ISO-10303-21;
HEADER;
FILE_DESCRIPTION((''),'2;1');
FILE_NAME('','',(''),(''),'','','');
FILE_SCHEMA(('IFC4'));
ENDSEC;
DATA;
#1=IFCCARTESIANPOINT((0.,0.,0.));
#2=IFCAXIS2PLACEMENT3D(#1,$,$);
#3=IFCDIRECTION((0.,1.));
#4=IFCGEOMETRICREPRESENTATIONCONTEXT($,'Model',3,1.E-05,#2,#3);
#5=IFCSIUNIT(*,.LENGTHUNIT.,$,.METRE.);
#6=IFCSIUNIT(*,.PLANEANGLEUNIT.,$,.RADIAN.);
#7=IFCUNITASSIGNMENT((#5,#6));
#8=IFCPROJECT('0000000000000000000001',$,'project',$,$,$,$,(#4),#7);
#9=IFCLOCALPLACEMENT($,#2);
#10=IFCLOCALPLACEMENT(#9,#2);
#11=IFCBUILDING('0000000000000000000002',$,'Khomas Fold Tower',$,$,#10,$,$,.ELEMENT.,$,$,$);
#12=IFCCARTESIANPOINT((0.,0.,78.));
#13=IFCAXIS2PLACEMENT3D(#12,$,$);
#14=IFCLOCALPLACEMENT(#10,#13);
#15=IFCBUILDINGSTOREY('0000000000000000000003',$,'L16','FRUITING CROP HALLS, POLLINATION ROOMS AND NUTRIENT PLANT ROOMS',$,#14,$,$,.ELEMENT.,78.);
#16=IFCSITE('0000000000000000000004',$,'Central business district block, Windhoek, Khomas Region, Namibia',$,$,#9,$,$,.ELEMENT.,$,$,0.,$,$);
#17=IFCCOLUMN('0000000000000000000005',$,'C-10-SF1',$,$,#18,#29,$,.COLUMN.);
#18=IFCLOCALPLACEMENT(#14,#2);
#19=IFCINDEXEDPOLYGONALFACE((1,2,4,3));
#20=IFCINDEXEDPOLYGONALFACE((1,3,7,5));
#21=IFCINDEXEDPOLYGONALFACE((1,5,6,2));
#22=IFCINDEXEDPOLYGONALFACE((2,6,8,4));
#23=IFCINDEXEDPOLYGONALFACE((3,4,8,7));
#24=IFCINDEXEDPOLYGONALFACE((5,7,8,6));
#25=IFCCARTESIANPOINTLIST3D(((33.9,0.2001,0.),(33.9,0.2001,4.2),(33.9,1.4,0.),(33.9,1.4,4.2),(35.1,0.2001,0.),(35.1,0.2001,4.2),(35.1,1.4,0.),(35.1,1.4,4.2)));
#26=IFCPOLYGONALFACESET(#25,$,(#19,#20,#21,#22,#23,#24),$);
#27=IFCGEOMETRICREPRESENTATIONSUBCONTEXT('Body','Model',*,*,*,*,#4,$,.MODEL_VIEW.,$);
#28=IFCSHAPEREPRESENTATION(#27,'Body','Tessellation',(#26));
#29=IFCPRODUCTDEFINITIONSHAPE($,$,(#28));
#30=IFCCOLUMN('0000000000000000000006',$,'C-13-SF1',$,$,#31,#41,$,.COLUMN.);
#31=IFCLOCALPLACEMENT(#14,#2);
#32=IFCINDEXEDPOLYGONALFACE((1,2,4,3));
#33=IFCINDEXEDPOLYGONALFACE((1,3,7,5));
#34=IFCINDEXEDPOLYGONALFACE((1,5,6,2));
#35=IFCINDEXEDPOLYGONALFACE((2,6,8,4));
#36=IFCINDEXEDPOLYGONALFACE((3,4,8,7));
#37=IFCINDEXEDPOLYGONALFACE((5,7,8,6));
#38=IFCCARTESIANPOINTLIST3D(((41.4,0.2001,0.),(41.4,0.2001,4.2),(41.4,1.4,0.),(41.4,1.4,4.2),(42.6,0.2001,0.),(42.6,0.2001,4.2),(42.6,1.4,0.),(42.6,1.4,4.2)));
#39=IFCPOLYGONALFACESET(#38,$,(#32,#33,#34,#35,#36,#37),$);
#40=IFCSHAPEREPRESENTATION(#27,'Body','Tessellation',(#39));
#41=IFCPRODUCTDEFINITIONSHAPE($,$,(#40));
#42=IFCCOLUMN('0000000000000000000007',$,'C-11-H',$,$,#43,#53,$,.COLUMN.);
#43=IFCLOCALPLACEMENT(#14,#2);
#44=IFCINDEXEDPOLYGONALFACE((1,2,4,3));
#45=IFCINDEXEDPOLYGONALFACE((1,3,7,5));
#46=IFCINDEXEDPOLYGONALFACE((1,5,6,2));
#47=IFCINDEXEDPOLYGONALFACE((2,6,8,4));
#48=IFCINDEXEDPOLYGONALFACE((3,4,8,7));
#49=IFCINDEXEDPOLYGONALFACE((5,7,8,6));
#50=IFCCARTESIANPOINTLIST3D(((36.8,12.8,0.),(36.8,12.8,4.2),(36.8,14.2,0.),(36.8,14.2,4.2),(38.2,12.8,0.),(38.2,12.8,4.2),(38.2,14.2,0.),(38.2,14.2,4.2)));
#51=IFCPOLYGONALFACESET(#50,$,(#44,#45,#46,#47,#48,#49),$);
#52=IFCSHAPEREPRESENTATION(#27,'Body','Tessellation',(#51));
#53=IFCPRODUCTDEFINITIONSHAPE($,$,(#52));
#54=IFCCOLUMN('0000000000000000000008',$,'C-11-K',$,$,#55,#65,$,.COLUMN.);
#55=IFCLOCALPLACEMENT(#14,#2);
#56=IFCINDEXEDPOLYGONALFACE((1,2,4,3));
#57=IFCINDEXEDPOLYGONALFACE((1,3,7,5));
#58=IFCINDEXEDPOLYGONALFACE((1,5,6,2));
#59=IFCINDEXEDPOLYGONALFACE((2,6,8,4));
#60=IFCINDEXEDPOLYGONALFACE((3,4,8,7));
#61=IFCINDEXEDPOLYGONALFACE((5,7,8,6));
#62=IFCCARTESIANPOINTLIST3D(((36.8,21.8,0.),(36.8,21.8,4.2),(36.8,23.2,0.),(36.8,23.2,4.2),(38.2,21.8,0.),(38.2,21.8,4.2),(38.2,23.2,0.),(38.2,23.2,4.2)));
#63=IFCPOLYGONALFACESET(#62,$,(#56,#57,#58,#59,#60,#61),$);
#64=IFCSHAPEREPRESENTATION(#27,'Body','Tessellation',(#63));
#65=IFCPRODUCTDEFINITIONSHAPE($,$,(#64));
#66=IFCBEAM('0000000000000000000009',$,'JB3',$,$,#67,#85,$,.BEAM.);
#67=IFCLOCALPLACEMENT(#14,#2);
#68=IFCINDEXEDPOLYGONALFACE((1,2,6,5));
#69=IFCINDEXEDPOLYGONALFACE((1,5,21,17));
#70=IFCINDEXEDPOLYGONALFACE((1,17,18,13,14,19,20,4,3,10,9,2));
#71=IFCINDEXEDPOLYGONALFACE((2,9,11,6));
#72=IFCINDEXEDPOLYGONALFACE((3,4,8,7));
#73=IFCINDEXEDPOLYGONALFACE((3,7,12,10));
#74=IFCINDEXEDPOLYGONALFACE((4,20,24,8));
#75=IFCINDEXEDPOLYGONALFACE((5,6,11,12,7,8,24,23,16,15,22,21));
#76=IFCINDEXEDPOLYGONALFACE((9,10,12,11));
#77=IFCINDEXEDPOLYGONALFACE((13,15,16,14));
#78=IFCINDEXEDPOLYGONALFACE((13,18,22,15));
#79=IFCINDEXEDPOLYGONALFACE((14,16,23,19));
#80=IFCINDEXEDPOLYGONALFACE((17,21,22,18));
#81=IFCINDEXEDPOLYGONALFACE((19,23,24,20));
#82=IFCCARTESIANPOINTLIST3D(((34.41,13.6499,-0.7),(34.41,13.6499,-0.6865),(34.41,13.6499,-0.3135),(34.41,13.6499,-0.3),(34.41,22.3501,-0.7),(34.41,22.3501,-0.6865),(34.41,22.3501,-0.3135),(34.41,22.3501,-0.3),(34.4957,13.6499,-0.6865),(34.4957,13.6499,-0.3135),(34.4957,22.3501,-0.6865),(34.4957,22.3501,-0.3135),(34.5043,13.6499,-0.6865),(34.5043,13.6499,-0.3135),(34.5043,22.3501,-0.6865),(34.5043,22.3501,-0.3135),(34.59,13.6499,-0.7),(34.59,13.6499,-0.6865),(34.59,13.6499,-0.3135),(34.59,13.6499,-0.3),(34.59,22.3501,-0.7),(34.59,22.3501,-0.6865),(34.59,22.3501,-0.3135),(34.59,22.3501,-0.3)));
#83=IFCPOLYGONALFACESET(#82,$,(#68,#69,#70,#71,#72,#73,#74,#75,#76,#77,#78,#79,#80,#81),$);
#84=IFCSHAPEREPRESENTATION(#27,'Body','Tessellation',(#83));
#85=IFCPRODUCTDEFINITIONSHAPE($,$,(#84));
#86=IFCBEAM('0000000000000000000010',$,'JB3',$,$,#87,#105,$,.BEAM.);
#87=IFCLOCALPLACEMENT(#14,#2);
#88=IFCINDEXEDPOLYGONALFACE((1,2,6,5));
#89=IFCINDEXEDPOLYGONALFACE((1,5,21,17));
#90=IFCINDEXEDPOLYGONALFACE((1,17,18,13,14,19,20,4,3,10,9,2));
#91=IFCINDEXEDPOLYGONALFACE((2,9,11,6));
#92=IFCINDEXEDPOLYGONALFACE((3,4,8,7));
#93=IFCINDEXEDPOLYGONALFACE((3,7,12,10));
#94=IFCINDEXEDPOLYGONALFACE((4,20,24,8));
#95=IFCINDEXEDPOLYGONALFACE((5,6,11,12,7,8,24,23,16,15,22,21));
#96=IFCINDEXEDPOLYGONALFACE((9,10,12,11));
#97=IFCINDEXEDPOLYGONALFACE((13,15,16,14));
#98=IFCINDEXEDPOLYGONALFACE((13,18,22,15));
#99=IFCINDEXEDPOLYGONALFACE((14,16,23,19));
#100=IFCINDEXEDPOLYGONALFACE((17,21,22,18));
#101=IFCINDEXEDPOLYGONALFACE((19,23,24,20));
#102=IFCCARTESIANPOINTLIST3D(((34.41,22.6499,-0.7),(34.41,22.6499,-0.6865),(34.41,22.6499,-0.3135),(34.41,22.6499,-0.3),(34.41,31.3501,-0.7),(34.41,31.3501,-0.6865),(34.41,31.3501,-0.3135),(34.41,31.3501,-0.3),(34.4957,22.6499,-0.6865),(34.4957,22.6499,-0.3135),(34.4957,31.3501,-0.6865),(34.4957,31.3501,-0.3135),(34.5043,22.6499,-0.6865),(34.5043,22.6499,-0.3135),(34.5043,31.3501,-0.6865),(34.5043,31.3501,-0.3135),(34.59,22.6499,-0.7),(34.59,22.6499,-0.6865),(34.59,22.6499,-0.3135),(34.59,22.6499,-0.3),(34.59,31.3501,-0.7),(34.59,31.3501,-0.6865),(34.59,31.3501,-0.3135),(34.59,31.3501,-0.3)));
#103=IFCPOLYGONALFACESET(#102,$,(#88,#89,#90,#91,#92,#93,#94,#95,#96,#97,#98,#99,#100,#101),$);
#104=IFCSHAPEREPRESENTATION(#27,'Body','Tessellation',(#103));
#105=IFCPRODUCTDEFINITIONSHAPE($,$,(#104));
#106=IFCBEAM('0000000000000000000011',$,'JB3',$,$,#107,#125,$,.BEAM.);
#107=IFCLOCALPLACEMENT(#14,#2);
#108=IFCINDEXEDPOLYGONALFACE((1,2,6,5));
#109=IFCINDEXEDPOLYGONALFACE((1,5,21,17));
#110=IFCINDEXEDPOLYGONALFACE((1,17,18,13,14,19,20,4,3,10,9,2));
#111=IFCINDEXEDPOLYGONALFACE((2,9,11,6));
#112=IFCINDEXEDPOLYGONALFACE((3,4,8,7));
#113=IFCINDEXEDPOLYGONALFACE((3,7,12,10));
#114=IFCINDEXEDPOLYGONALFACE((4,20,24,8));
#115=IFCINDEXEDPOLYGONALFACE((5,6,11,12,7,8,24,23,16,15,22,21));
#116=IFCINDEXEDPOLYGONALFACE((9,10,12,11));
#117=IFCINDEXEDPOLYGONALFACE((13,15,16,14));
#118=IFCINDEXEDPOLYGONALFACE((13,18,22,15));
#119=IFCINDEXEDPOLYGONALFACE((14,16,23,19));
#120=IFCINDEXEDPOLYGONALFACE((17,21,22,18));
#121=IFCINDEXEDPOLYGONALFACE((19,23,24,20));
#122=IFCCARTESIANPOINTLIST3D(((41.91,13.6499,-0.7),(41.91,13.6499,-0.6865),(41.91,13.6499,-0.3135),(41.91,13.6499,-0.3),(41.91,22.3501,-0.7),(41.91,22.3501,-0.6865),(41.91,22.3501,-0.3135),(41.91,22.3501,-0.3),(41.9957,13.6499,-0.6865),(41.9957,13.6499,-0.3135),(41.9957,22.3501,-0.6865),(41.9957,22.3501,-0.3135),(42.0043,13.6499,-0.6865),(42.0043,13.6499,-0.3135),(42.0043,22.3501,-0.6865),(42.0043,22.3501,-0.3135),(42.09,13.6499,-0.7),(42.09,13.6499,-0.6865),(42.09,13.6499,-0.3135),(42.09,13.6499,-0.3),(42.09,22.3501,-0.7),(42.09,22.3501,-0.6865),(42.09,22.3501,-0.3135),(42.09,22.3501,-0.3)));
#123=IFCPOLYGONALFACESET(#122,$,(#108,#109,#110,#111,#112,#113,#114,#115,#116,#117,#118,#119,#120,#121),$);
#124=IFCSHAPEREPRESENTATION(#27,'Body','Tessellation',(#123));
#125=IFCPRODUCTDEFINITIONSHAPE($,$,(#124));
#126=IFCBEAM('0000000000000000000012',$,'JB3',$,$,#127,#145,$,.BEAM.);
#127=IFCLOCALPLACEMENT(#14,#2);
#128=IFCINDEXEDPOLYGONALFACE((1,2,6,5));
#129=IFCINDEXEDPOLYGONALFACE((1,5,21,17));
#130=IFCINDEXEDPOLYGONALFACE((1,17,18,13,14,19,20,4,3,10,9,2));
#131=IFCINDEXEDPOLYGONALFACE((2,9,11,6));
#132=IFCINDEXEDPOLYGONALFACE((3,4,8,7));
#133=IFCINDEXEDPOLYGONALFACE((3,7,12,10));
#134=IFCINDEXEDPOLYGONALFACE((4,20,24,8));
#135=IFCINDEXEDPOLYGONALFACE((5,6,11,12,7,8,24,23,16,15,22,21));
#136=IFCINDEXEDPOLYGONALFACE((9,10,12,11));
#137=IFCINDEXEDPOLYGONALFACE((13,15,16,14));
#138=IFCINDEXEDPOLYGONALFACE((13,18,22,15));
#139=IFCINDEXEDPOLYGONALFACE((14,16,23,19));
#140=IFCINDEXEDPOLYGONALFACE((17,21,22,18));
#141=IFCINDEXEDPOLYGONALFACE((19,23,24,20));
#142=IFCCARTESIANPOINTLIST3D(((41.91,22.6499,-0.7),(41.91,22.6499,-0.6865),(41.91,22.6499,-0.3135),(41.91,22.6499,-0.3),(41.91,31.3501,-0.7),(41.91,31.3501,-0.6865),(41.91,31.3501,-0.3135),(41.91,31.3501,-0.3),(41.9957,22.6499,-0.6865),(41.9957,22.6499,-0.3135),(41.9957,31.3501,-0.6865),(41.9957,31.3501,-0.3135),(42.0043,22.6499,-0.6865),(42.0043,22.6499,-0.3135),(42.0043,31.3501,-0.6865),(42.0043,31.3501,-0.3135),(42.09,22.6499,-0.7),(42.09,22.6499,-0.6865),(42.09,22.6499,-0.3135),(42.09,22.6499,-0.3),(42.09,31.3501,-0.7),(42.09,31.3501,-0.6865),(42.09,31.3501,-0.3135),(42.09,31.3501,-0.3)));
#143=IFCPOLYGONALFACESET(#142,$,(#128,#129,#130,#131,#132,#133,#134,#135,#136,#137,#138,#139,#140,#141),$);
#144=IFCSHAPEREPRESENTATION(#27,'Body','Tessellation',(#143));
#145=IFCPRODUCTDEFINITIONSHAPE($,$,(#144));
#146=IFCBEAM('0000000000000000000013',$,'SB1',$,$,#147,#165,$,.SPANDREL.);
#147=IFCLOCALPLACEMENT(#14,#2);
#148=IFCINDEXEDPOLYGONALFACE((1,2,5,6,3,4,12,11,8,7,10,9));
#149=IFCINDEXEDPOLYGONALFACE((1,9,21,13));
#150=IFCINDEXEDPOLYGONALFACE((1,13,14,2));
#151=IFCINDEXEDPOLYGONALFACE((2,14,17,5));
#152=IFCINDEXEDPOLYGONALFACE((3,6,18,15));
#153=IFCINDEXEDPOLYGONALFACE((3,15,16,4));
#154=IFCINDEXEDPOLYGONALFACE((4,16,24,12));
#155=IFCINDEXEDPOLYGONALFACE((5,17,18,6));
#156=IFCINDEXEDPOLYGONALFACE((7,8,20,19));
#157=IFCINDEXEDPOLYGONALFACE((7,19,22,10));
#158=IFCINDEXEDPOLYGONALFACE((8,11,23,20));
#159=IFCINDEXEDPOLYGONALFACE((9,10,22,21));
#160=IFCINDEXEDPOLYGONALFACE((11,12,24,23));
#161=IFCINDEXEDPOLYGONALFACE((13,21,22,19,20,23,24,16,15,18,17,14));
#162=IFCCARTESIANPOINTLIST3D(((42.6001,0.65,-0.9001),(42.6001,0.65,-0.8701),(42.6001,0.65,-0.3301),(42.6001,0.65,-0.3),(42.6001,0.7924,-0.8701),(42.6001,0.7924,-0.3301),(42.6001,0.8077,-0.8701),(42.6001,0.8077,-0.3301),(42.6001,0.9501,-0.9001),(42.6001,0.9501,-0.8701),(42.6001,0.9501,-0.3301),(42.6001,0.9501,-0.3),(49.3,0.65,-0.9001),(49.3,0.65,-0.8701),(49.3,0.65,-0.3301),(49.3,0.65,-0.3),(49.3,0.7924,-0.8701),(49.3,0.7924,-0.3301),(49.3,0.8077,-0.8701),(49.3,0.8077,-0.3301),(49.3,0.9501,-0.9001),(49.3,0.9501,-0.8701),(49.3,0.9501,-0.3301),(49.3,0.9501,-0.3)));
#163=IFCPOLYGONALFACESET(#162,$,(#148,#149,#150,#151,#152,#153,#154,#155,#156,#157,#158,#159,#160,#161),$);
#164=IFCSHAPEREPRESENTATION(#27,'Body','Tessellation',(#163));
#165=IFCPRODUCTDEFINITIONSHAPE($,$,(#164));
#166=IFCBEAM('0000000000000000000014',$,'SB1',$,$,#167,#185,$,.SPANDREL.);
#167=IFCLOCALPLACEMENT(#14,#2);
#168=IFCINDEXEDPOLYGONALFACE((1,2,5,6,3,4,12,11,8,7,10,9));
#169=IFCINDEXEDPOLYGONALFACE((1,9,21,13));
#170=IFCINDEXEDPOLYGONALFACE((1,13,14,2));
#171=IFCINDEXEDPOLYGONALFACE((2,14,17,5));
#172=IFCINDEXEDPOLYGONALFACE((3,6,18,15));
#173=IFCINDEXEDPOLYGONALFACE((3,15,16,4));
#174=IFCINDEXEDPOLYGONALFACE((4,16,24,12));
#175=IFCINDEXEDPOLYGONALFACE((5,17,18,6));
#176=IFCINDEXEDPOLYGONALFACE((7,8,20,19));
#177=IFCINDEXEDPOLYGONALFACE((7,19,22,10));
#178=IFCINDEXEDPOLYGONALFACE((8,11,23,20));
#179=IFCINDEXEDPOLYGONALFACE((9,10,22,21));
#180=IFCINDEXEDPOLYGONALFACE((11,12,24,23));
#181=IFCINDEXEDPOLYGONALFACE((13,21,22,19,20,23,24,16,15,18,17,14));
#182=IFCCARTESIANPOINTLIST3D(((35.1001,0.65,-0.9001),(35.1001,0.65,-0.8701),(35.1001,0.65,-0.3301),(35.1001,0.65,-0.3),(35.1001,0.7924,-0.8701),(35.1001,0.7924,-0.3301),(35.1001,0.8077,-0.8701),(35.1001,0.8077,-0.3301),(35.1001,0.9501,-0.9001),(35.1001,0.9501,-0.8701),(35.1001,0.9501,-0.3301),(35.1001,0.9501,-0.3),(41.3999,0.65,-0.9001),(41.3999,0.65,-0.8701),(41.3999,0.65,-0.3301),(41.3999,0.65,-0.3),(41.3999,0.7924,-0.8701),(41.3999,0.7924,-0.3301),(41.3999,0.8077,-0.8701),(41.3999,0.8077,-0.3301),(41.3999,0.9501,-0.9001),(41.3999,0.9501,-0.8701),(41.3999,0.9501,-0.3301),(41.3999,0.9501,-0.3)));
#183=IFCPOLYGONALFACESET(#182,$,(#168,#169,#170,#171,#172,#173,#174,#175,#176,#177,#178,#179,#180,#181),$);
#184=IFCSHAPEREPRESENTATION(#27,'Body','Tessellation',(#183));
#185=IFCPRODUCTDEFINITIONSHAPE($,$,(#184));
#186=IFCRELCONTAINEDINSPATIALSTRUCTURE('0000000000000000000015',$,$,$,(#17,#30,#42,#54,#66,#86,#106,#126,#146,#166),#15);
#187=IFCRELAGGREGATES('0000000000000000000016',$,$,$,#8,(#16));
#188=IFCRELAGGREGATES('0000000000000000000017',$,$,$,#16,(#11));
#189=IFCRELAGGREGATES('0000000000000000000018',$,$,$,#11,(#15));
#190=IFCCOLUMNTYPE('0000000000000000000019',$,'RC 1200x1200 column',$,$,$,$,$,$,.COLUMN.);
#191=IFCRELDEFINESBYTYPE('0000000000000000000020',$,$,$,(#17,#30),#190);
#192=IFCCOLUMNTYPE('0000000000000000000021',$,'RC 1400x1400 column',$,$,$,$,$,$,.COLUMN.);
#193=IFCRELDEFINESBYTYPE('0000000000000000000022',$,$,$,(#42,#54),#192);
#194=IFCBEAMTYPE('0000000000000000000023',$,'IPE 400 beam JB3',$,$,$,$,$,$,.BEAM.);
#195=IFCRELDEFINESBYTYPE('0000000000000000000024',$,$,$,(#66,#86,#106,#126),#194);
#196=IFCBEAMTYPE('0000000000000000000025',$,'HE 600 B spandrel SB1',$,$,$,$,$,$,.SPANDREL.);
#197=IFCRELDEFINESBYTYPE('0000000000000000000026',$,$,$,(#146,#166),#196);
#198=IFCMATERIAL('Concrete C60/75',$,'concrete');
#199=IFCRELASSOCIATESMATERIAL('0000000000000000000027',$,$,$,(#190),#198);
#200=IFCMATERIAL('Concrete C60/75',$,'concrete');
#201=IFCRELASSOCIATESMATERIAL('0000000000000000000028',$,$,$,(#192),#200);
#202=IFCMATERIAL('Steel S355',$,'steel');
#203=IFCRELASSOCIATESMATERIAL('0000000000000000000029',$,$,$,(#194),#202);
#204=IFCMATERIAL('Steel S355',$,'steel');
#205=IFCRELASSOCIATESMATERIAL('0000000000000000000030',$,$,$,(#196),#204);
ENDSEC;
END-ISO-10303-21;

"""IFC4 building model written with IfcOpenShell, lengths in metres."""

from ifc_helpers import new_model, si_unit, direction, frame, origin, origin_2d, place, context, subcontext, project, spatial, rectangle, i_section, extrude, source, transform, mapped, material, material_profile, profile_set, type_object, element, save


model = new_model("IFC4")

# Units and contexts
model_context = context("Model", 3, precision=1e-05, world=origin(), true_north=direction((0.0, 1.0)))
body_context = subcontext(model_context, "Body", "Model", "MODEL_VIEW")
ifc_project = project(units=[si_unit("LENGTHUNIT", "METRE"), si_unit("PLANEANGLEUNIT", "RADIAN")], contexts=[model_context])

# Site, building, storey
site_placement = place(None, origin())
site = spatial("IfcSite", under=ifc_project, at=site_placement, Name="Central business district block, Windhoek, Khomas Region, Namibia", CompositionType="ELEMENT", RefElevation=0.0)
building_placement = place(site_placement, origin())
building = spatial("IfcBuilding", under=site, at=building_placement, Name="Khomas Fold Tower", CompositionType="ELEMENT")
storey_placement = place(building_placement, frame((0.0, 0.0, 78.0)))
storey = spatial("IfcBuildingStorey", under=building, at=storey_placement, Name="L16", Description="FRUITING CROP HALLS, POLLINATION ROOMS AND NUTRIENT PLANT ROOMS", CompositionType="ELEMENT", Elevation=78.0)

# Columns
ifc_material_1 = material(Name="Concrete C60/75", Category="concrete")
ifc_material_profile_1 = material_profile(ifc_material_1, rectangle(XDim=1.2, YDim=1.2, at=origin_2d()), Name="RC 1200x1200")
ifc_profile_set_1 = profile_set([ifc_material_profile_1], Name="Concrete C60/75")
column_type_1 = type_object("IfcColumnType", Name="RC 1200x1200 column", PredefinedType="COLUMN", material=ifc_profile_set_1)
shared_shape_1 = source(origin(), body_context, "Body", "SweptSolid", [
    extrude(rectangle(XDim=1.2, YDim=1.2, at=origin_2d()), origin(), (0.0, 0.0, 1.0), 4.2),
])
for number, where, z_axis, x_axis, name in (
    (1, (34.5, 0.8, 0.0), (0.0, 0.0, 1.0), (1.0, 0.0, 0.0), "C-10-SF1"),
    (2, (42.0, 0.8, 0.0), (0.0, 0.0, 1.0), (1.0, 0.0, 0.0), "C-13-SF1"),
):
    element("IfcColumn", number, at=place(storey_placement, frame(where, z_axis=z_axis, x_axis=x_axis)), inside=storey, type_object=column_type_1, Name=name, PredefinedType="COLUMN", context=body_context, shape_type="MappedRepresentation", body=[
        mapped(shared_shape_1, transform((0.0, 0.0, 0.0))),
    ])
ifc_material_2 = material(Name="Concrete C60/75", Category="concrete")
ifc_material_profile_2 = material_profile(ifc_material_2, rectangle(XDim=1.3999, YDim=1.3999, at=origin_2d()), Name="RC 1400x1400")
ifc_profile_set_2 = profile_set([ifc_material_profile_2], Name="Concrete C60/75")
column_type_2 = type_object("IfcColumnType", Name="RC 1400x1400 column", PredefinedType="COLUMN", material=ifc_profile_set_2)
shared_shape_2 = source(origin(), body_context, "Body", "SweptSolid", [
    extrude(rectangle(XDim=1.3999, YDim=1.3999, at=origin_2d()), origin(), (0.0, 0.0, 1.0), 4.2),
])
for number, where, z_axis, x_axis, name in (
    (3, (37.5, 13.5, 0.0), (0.0, 0.0, 1.0), (1.0, 0.0, 0.0), "C-11-H"),
    (4, (37.5, 22.5, 0.0), (0.0, 0.0, 1.0), (1.0, 0.0, 0.0), "C-11-K"),
):
    element("IfcColumn", number, at=place(storey_placement, frame(where, z_axis=z_axis, x_axis=x_axis)), inside=storey, type_object=column_type_2, Name=name, PredefinedType="COLUMN", context=body_context, shape_type="MappedRepresentation", body=[
        mapped(shared_shape_2, transform((0.0, 0.0, 0.0))),
    ])

# Beams
ifc_material_3 = material(Name="Steel S355", Category="steel")
ifc_material_profile_3 = material_profile(ifc_material_3, i_section(OverallWidth=0.1799, OverallDepth=0.3999, WebThickness=0.0085, FlangeThickness=0.0134, at=origin_2d()), Name="IPE 400")
ifc_profile_set_3 = profile_set([ifc_material_profile_3], Name="Steel S355")
beam_type_1 = type_object("IfcBeamType", Name="IPE 400 beam JB3", PredefinedType="BEAM", material=ifc_profile_set_3)
shared_shape_3 = source(origin(), body_context, "Body", "SweptSolid", [
    extrude(i_section(OverallWidth=0.1799, OverallDepth=0.3999, WebThickness=0.0085, FlangeThickness=0.0134, at=origin_2d()), origin(), (0.0, 0.0, 1.0), 8.7002),
])
for number, where, z_axis, x_axis, name in (
    (5, (34.5, 13.6499, -0.5), (0.0, 1.0, 0.0), (-1.0, 0.0, 0.0), "JB3"),
    (6, (34.5, 22.6499, -0.5), (0.0, 1.0, 0.0), (-1.0, 0.0, 0.0), "JB3"),
    (7, (42.0, 13.6499, -0.5), (0.0, 1.0, 0.0), (-1.0, 0.0, 0.0), "JB3"),
    (8, (42.0, 22.6499, -0.5), (0.0, 1.0, 0.0), (-1.0, 0.0, 0.0), "JB3"),
):
    element("IfcBeam", number, at=place(storey_placement, frame(where, z_axis=z_axis, x_axis=x_axis)), inside=storey, type_object=beam_type_1, Name=name, PredefinedType="BEAM", context=body_context, shape_type="MappedRepresentation", body=[
        mapped(shared_shape_3, transform((0.0, 0.0, 0.0))),
    ])
ifc_material_4 = material(Name="Steel S355", Category="steel")
ifc_material_profile_4 = material_profile(ifc_material_4, i_section(OverallWidth=0.3, OverallDepth=0.6001, WebThickness=0.0154, FlangeThickness=0.03, at=origin_2d()), Name="HE 600 B")
ifc_profile_set_4 = profile_set([ifc_material_profile_4], Name="Steel S355")
beam_type_2 = type_object("IfcBeamType", Name="HE 600 B spandrel SB1", PredefinedType="SPANDREL", material=ifc_profile_set_4)
shared_shape_4 = source(origin(), body_context, "Body", "SweptSolid", [
    extrude(i_section(OverallWidth=0.3, OverallDepth=0.6001, WebThickness=0.0154, FlangeThickness=0.03, at=origin_2d()), origin(), (0.0, 0.0, 1.0), 6.7),
])
beam_1_placement = place(storey_placement, frame((42.6001, 0.8, -0.6001), z_axis=(1.0, 0.0, 0.0), x_axis=(0.0, 1.0, 0.0)))
element("IfcBeam", 9, at=beam_1_placement, inside=storey, type_object=beam_type_2, Name="SB1", PredefinedType="SPANDREL", context=body_context, shape_type="MappedRepresentation", body=[
    mapped(shared_shape_4, transform((0.0, 0.0, 0.0))),
])
shared_shape_5 = source(origin(), body_context, "Body", "SweptSolid", [
    extrude(i_section(OverallWidth=0.3, OverallDepth=0.6001, WebThickness=0.0154, FlangeThickness=0.03, at=origin_2d()), origin(), (0.0, 0.0, 1.0), 6.2998),
])
beam_2_placement = place(storey_placement, frame((35.1001, 0.8, -0.6001), z_axis=(1.0, 0.0, 0.0), x_axis=(0.0, 1.0, 0.0)))
element("IfcBeam", 10, at=beam_2_placement, inside=storey, type_object=beam_type_2, Name="SB1", PredefinedType="SPANDREL", context=body_context, shape_type="MappedRepresentation", body=[
    mapped(shared_shape_5, transform((0.0, 0.0, 0.0))),
])

save(model, "model.ifc")
